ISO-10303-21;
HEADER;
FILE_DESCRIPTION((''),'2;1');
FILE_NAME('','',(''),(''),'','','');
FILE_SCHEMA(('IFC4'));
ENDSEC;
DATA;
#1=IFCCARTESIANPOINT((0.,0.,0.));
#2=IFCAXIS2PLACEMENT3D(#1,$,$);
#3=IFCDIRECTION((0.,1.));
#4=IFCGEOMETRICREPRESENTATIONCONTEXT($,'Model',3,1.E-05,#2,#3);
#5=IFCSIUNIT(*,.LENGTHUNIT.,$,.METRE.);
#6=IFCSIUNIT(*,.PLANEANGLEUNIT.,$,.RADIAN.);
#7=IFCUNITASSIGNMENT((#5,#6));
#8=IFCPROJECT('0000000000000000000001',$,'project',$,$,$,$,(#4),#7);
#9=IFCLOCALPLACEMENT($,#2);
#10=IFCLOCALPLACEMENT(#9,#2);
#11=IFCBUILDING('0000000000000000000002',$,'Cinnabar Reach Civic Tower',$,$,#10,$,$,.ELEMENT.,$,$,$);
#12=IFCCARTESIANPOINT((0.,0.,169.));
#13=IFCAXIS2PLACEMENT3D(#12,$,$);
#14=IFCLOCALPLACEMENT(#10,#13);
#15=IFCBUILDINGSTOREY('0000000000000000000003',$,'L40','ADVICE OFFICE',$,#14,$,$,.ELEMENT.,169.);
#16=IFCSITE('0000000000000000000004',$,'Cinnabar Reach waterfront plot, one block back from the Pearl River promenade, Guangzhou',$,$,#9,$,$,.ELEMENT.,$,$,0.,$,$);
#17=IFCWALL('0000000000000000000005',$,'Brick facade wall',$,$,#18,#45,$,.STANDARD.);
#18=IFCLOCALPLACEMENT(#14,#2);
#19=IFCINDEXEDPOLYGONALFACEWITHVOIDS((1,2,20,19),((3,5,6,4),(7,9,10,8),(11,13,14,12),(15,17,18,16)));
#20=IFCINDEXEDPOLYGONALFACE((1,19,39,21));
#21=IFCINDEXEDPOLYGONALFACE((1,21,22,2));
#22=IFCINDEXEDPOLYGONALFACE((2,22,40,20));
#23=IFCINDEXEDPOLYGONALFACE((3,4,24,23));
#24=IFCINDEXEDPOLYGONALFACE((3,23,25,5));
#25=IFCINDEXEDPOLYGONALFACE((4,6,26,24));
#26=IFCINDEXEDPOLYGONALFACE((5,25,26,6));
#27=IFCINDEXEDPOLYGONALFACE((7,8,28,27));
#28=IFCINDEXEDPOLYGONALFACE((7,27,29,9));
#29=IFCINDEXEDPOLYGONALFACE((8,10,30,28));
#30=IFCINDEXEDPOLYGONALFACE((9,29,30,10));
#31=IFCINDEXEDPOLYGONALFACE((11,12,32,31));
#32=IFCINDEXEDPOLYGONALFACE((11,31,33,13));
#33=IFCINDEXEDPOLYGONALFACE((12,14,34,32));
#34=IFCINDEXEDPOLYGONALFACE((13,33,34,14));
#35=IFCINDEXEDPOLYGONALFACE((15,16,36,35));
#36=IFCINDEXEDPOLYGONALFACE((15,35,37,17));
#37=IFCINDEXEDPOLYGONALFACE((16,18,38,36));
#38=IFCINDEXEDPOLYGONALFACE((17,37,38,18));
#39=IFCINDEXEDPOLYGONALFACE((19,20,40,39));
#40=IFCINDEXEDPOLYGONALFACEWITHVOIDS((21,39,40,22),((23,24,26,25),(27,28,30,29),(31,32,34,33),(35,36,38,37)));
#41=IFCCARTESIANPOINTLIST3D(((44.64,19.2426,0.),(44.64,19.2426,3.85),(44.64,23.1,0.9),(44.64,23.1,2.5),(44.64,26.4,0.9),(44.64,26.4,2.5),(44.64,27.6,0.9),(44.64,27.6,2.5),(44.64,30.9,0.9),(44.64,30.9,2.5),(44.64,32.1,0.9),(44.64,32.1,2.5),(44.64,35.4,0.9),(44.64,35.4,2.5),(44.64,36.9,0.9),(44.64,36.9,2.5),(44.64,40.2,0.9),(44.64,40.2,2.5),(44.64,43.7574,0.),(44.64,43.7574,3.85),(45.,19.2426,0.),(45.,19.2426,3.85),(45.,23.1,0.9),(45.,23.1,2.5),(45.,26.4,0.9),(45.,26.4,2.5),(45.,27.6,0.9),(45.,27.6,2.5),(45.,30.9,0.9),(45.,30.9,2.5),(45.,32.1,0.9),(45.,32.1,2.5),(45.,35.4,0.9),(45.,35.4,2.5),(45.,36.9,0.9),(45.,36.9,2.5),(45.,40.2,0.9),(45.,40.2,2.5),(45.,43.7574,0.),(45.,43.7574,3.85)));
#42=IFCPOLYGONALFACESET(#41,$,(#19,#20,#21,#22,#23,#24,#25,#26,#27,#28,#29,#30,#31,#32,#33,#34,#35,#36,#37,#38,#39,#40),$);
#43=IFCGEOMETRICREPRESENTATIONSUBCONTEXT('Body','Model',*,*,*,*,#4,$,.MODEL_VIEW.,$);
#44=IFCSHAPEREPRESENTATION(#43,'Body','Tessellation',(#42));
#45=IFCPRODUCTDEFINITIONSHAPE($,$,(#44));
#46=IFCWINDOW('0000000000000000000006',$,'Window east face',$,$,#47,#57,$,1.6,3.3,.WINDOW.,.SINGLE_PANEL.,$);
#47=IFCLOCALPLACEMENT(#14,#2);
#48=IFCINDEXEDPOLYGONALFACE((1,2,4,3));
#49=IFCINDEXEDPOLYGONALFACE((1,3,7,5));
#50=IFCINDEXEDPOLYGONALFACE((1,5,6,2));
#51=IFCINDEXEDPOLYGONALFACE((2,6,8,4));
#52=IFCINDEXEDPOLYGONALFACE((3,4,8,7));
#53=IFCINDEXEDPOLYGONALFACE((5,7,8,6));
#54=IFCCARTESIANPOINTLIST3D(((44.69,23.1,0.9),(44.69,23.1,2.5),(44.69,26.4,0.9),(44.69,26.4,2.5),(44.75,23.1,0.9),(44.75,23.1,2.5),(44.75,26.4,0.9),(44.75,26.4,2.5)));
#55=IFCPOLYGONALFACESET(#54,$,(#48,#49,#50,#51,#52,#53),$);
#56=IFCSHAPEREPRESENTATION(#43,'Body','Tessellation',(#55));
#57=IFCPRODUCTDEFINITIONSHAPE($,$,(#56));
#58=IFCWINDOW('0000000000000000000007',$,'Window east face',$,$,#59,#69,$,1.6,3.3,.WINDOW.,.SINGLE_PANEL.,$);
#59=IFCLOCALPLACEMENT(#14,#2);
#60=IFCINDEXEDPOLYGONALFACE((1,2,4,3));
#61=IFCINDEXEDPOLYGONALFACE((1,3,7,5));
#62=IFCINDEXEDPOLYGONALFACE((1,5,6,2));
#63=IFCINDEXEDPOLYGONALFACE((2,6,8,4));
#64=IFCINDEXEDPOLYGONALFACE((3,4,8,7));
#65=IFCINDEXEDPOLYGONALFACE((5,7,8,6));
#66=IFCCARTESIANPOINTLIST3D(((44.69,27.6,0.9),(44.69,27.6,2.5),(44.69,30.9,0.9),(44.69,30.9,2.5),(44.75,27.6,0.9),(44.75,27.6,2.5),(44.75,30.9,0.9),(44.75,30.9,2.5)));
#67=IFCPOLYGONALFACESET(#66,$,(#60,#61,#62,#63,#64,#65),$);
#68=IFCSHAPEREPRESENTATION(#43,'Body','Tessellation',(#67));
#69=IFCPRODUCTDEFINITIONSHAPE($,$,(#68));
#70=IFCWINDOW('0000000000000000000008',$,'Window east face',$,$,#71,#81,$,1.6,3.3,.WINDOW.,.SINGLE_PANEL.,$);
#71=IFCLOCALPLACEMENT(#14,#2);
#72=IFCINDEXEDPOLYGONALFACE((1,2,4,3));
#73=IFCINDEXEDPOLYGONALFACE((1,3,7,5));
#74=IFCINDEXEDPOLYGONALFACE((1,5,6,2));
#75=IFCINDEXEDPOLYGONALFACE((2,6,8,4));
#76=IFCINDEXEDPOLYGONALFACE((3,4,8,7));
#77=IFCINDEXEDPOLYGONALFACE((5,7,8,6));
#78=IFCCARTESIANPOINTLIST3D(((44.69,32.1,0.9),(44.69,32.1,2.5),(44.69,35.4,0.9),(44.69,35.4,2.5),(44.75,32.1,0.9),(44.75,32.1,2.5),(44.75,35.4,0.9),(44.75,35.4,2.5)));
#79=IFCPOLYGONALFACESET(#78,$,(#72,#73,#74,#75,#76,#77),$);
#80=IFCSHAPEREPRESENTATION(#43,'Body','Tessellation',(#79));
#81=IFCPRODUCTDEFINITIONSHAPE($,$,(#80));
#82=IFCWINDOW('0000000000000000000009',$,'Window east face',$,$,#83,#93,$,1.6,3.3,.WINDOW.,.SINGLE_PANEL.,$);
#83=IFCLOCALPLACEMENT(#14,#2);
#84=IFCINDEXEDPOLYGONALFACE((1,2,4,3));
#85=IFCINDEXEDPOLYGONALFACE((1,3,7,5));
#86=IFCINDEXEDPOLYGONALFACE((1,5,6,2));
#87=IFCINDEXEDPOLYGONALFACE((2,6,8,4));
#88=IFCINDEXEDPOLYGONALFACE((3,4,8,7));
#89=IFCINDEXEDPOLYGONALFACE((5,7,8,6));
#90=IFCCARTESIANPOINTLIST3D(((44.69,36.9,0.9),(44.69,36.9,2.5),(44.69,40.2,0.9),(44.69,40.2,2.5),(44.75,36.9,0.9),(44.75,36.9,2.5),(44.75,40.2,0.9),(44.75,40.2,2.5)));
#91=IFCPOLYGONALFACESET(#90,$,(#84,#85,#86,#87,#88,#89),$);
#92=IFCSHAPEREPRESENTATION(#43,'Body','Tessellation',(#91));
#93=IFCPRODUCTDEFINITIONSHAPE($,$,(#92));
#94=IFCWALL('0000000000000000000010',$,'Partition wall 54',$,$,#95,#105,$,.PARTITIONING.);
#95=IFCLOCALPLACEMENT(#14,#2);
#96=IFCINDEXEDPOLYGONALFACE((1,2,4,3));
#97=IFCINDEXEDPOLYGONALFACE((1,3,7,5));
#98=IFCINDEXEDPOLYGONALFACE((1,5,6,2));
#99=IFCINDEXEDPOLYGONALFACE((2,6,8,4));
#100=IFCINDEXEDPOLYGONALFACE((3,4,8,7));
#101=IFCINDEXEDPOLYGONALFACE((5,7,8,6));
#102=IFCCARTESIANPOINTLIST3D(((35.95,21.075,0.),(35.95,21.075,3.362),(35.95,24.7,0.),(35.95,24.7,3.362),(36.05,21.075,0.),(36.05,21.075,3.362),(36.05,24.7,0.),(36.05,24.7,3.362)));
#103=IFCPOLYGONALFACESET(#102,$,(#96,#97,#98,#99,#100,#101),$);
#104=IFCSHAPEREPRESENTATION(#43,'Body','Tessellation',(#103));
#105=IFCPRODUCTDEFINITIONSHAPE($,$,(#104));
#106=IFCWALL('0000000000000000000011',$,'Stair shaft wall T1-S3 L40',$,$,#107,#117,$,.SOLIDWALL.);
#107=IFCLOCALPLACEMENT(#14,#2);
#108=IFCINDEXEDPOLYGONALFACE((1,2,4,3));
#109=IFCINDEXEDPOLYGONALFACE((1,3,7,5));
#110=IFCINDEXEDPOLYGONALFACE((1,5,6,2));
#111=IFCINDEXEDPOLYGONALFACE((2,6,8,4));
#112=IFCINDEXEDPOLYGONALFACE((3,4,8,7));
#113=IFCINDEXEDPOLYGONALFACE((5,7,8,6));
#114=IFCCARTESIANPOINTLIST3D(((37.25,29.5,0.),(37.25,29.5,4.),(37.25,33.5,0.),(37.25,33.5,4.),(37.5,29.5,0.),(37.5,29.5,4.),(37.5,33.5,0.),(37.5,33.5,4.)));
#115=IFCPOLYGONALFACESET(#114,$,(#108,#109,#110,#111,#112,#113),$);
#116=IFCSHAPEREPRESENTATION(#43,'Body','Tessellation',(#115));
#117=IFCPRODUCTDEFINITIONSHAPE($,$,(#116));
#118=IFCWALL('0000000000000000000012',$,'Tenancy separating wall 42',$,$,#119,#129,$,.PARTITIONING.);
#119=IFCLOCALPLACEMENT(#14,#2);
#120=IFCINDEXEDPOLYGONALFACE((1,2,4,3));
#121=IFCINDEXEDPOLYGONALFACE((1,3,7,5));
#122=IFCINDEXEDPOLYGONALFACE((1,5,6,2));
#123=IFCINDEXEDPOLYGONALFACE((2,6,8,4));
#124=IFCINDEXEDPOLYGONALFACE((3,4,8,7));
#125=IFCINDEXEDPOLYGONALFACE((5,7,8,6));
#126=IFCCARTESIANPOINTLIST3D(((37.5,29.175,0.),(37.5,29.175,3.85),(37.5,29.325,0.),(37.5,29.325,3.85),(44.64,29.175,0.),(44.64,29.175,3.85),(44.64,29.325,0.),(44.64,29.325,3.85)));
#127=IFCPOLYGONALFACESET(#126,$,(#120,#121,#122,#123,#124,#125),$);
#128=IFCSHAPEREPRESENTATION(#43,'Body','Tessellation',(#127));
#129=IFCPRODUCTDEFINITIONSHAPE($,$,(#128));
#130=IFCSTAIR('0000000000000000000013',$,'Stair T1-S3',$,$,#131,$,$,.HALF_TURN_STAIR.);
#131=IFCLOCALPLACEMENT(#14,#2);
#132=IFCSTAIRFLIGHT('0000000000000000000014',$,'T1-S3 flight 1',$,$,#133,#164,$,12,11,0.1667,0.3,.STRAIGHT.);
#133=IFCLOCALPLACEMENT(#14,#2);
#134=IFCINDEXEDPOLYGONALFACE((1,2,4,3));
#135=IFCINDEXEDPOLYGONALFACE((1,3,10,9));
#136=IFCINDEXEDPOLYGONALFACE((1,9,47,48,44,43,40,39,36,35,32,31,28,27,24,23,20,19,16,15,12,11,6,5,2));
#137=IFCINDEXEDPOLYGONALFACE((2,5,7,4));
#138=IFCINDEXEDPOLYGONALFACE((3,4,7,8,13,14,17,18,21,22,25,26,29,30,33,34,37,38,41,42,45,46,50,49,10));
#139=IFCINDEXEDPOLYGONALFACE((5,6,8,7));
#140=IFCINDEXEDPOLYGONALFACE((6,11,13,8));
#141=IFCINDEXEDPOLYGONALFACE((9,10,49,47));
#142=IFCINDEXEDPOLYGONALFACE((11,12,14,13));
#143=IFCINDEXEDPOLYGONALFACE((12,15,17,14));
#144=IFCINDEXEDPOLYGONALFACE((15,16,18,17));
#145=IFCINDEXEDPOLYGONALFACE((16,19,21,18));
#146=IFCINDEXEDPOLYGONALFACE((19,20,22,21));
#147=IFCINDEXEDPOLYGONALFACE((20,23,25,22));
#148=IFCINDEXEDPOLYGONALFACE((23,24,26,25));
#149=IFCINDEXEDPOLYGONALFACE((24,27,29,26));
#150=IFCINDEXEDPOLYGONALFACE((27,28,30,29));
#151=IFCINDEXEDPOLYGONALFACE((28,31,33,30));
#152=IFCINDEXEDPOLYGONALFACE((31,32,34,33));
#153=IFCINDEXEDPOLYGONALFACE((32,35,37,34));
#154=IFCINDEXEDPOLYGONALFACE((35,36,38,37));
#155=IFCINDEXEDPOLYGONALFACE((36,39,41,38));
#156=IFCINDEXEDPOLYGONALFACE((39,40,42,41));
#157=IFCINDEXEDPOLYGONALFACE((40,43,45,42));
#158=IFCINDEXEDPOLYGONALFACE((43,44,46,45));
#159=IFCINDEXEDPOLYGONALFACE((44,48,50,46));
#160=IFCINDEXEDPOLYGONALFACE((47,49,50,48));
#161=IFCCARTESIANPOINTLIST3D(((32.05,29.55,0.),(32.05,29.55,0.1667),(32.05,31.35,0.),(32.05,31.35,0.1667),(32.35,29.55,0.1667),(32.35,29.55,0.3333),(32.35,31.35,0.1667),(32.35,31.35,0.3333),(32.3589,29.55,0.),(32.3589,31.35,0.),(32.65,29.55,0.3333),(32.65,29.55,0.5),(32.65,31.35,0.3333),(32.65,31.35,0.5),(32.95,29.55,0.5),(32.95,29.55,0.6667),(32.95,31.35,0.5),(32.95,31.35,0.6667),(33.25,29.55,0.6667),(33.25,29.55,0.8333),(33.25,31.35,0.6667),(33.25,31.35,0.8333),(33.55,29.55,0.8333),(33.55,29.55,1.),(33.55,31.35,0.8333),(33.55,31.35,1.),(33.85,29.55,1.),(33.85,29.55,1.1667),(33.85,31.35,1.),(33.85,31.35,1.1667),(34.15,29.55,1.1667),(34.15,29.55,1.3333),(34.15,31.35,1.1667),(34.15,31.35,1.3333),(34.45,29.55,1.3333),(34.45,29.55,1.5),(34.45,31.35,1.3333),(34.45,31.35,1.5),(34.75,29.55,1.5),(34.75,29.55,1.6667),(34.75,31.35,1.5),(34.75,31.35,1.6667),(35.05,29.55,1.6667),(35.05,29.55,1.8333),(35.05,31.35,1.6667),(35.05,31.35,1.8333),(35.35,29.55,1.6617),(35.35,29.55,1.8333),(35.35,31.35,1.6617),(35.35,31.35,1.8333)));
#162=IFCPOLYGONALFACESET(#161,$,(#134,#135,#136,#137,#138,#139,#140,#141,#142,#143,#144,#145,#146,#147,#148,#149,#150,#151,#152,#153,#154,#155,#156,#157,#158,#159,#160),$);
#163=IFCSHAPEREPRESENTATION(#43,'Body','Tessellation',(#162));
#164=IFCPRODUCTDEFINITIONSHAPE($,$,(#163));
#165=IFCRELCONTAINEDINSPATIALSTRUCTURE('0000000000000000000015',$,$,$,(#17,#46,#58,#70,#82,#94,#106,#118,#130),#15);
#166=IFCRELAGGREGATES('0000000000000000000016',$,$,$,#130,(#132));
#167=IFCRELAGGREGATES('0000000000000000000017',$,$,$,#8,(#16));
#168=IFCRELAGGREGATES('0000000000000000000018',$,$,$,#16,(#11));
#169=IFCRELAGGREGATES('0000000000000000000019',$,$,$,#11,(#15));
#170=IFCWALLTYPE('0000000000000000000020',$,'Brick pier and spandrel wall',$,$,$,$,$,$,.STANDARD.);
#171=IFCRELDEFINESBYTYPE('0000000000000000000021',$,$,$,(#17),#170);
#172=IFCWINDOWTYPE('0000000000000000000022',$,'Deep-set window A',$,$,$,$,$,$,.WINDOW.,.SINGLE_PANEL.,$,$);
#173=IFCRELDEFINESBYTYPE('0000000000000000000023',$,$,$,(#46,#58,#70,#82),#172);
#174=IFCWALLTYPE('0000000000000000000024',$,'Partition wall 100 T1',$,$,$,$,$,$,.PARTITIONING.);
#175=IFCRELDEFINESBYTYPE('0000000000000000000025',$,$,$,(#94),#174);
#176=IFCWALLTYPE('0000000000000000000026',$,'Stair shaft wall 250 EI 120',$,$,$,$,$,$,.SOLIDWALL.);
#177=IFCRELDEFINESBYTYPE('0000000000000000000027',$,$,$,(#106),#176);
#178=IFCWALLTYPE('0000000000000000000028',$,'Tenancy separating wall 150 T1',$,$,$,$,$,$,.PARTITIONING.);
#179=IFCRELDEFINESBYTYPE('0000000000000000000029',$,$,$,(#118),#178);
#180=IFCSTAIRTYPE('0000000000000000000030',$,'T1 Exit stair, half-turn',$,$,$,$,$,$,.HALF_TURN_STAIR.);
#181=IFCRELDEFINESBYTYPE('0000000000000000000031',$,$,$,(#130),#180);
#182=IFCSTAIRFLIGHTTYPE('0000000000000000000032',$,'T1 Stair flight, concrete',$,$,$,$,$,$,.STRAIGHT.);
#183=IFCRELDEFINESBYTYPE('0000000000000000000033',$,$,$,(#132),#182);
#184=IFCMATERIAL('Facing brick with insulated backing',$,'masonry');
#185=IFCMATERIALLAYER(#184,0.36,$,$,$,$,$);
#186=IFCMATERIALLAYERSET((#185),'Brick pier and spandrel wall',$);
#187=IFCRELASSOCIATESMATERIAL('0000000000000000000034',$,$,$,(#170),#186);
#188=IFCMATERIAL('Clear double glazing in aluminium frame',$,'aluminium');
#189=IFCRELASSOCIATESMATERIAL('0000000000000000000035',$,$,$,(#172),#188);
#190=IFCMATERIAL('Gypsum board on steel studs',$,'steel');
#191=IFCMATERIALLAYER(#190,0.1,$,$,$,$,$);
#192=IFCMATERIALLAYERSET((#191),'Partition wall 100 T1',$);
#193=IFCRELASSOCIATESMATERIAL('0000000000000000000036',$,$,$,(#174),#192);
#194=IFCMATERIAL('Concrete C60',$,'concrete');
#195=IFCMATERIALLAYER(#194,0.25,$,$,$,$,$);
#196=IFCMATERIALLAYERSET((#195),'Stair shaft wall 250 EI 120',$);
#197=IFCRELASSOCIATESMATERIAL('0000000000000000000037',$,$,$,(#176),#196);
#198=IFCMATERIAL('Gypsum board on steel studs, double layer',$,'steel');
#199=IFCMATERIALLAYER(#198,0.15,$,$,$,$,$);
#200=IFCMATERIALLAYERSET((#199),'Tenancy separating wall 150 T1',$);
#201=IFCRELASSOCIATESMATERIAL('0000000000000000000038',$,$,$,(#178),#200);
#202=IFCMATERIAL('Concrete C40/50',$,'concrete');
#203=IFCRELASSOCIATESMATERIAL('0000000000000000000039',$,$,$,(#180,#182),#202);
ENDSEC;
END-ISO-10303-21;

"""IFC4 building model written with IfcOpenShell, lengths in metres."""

from ifc_helpers import new_model, si_unit, direction, frame, frame_2d, origin, place, context, subcontext, project, spatial, polyline, rectangle, outline, extrude, material, layer, layer_set, type_object, element, fill, aggregate, save


model = new_model("IFC4")

# Units and contexts
model_context = context("Model", 3, precision=1e-05, world=origin(), true_north=direction((0.0, 1.0)))
body_context = subcontext(model_context, "Body", "Model", "MODEL_VIEW")
ifc_project = project(units=[si_unit("LENGTHUNIT", "METRE"), si_unit("PLANEANGLEUNIT", "RADIAN")], contexts=[model_context])

# Site, building, storey
site_placement = place(None, origin())
site = spatial("IfcSite", under=ifc_project, at=site_placement, Name="Cinnabar Reach waterfront plot, one block back from the Pearl River promenade, Guangzhou", CompositionType="ELEMENT", RefElevation=0.0)
building_placement = place(site_placement, origin())
building = spatial("IfcBuilding", under=site, at=building_placement, Name="Cinnabar Reach Civic Tower", CompositionType="ELEMENT")
storey_placement = place(building_placement, frame((0.0, 0.0, 169.0)))
storey = spatial("IfcBuildingStorey", under=building, at=storey_placement, Name="L40", Description="ADVICE OFFICE", CompositionType="ELEMENT", Elevation=169.0)

# Shared definitions
ifc_material_1 = material(Name="Facing brick with insulated backing", Category="masonry")

# Wall, openings, windows
ifc_layer_1 = layer(ifc_material_1, 0.36)
ifc_layer_set_1 = layer_set([ifc_layer_1], Name="Brick pier and spandrel wall")
wall_type_1 = type_object("IfcWallType", Name="Brick pier and spandrel wall", PredefinedType="STANDARD", material=ifc_layer_set_1)
wall_1_placement = place(storey_placement, frame((44.82, 19.2426, 0.0), z_axis=(0.0, 0.0, 1.0), x_axis=(0.0, 1.0, 0.0)))
wall_1 = element("IfcWall", 1, at=wall_1_placement, inside=storey, type_object=wall_type_1, Name="Brick facade wall", PredefinedType="STANDARD", context=body_context, shape_type="SweptSolid", body=[
    extrude(rectangle(XDim=24.5148, YDim=0.36, at=frame_2d((12.2574, 0.0))), origin(), (0.0, 0.0, 1.0), 3.85),
])
opening_1_placement = place(wall_1_placement, frame((3.8574, 0.0, 0.9)))
opening_1 = element("IfcOpeningElement", 2, at=opening_1_placement, cuts=wall_1, PredefinedType="OPENING", context=body_context, shape_type="SweptSolid", body=[
    extrude(rectangle(XDim=3.3, YDim=1.6, at=frame_2d((1.65, 0.8))), frame((0.0, 0.19, 0.0), z_axis=(0.0, -1.0, 0.0), x_axis=(1.0, 0.0, 0.0)), (0.0, 0.0, 1.0), 0.38),
])
opening_2_placement = place(wall_1_placement, frame((8.3574, 0.0, 0.9)))
opening_2 = element("IfcOpeningElement", 3, at=opening_2_placement, cuts=wall_1, PredefinedType="OPENING", context=body_context, shape_type="SweptSolid", body=[
    extrude(rectangle(XDim=3.3, YDim=1.6, at=frame_2d((1.65, 0.8))), frame((0.0, 0.19, 0.0), z_axis=(0.0, -1.0, 0.0), x_axis=(1.0, 0.0, 0.0)), (0.0, 0.0, 1.0), 0.38),
])
opening_3_placement = place(wall_1_placement, frame((12.8574, 0.0, 0.9)))
opening_3 = element("IfcOpeningElement", 4, at=opening_3_placement, cuts=wall_1, PredefinedType="OPENING", context=body_context, shape_type="SweptSolid", body=[
    extrude(rectangle(XDim=3.3, YDim=1.6, at=frame_2d((1.65, 0.8))), frame((0.0, 0.19, 0.0), z_axis=(0.0, -1.0, 0.0), x_axis=(1.0, 0.0, 0.0)), (0.0, 0.0, 1.0), 0.38),
])
opening_4_placement = place(wall_1_placement, frame((17.6574, 0.0, 0.9)))
opening_4 = element("IfcOpeningElement", 5, at=opening_4_placement, cuts=wall_1, PredefinedType="OPENING", context=body_context, shape_type="SweptSolid", body=[
    extrude(rectangle(XDim=3.3, YDim=1.6, at=frame_2d((1.65, 0.8))), frame((0.0, 0.19, 0.0), z_axis=(0.0, -1.0, 0.0), x_axis=(1.0, 0.0, 0.0)), (0.0, 0.0, 1.0), 0.38),
])
ifc_material_2 = material(Name="Clear double glazing in aluminium frame", Category="aluminium")
window_type = type_object("IfcWindowType", Name="Deep-set window A", PartitioningType="SINGLE_PANEL", PredefinedType="WINDOW", material=ifc_material_2)
window_1_placement = place(opening_1_placement, origin())
window_1 = element("IfcWindow", 6, at=window_1_placement, inside=storey, type_object=window_type, Name="Window east face", OverallHeight=1.6, OverallWidth=3.3, PartitioningType="SINGLE_PANEL", PredefinedType="WINDOW", context=body_context, shape_type="SweptSolid", body=[
    extrude(rectangle(XDim=3.3, YDim=1.6, at=frame_2d((1.65, 0.8))), frame((0.0, 0.13, 0.0), z_axis=(0.0, -1.0, 0.0), x_axis=(1.0, 0.0, 0.0)), (0.0, 0.0, 1.0), 0.06),
])
fill(opening_1, window_1)
window_2_placement = place(opening_2_placement, origin())
window_2 = element("IfcWindow", 7, at=window_2_placement, inside=storey, type_object=window_type, Name="Window east face", OverallHeight=1.6, OverallWidth=3.3, PartitioningType="SINGLE_PANEL", PredefinedType="WINDOW", context=body_context, shape_type="SweptSolid", body=[
    extrude(rectangle(XDim=3.3, YDim=1.6, at=frame_2d((1.65, 0.8))), frame((0.0, 0.13, 0.0), z_axis=(0.0, -1.0, 0.0), x_axis=(1.0, 0.0, 0.0)), (0.0, 0.0, 1.0), 0.06),
])
fill(opening_2, window_2)
window_3_placement = place(opening_3_placement, origin())
window_3 = element("IfcWindow", 8, at=window_3_placement, inside=storey, type_object=window_type, Name="Window east face", OverallHeight=1.6, OverallWidth=3.3, PartitioningType="SINGLE_PANEL", PredefinedType="WINDOW", context=body_context, shape_type="SweptSolid", body=[
    extrude(rectangle(XDim=3.3, YDim=1.6, at=frame_2d((1.65, 0.8))), frame((0.0, 0.13, 0.0), z_axis=(0.0, -1.0, 0.0), x_axis=(1.0, 0.0, 0.0)), (0.0, 0.0, 1.0), 0.06),
])
fill(opening_3, window_3)
window_4_placement = place(opening_4_placement, origin())
window_4 = element("IfcWindow", 9, at=window_4_placement, inside=storey, type_object=window_type, Name="Window east face", OverallHeight=1.6, OverallWidth=3.3, PartitioningType="SINGLE_PANEL", PredefinedType="WINDOW", context=body_context, shape_type="SweptSolid", body=[
    extrude(rectangle(XDim=3.3, YDim=1.6, at=frame_2d((1.65, 0.8))), frame((0.0, 0.13, 0.0), z_axis=(0.0, -1.0, 0.0), x_axis=(1.0, 0.0, 0.0)), (0.0, 0.0, 1.0), 0.06),
])
fill(opening_4, window_4)

# Walls
ifc_material_3 = material(Name="Gypsum board on steel studs", Category="steel")
ifc_layer_2 = layer(ifc_material_3, 0.1)
ifc_layer_set_2 = layer_set([ifc_layer_2], Name="Partition wall 100 T1")
wall_type_2 = type_object("IfcWallType", Name="Partition wall 100 T1", PredefinedType="PARTITIONING", material=ifc_layer_set_2)
wall_2_placement = place(storey_placement, frame((36.0, 21.075, 0.0), z_axis=(0.0, 0.0, 1.0), x_axis=(0.0, 1.0, 0.0)))
element("IfcWall", 10, at=wall_2_placement, inside=storey, type_object=wall_type_2, Name="Partition wall 54", PredefinedType="PARTITIONING", context=body_context, shape_type="SweptSolid", body=[
    extrude(rectangle(XDim=3.625, YDim=0.1, at=frame_2d((1.8125, 0.0))), origin(), (0.0, 0.0, 1.0), 3.362),
])
ifc_material_4 = material(Name="Concrete C60", Category="concrete")
ifc_layer_3 = layer(ifc_material_4, 0.25)
ifc_layer_set_3 = layer_set([ifc_layer_3], Name="Stair shaft wall 250 EI 120")
wall_type_3 = type_object("IfcWallType", Name="Stair shaft wall 250 EI 120", PredefinedType="SOLIDWALL", material=ifc_layer_set_3)
wall_3_placement = place(storey_placement, frame((37.375, 29.5, 0.0), z_axis=(0.0, 0.0, 1.0), x_axis=(0.0, 1.0, 0.0)))
element("IfcWall", 11, at=wall_3_placement, inside=storey, type_object=wall_type_3, Name="Stair shaft wall T1-S3 L40", PredefinedType="SOLIDWALL", context=body_context, shape_type="SweptSolid", body=[
    extrude(rectangle(XDim=4.0, YDim=0.25, at=frame_2d((2.0, 0.0))), origin(), (0.0, 0.0, 1.0), 4.0),
])
ifc_material_5 = material(Name="Gypsum board on steel studs, double layer", Category="steel")
ifc_layer_4 = layer(ifc_material_5, 0.15)
ifc_layer_set_4 = layer_set([ifc_layer_4], Name="Tenancy separating wall 150 T1")
wall_type_4 = type_object("IfcWallType", Name="Tenancy separating wall 150 T1", PredefinedType="PARTITIONING", material=ifc_layer_set_4)
wall_4_placement = place(storey_placement, frame((37.5, 29.25, 0.0), z_axis=(0.0, 0.0, 1.0), x_axis=(1.0, 0.0, 0.0)))
element("IfcWall", 12, at=wall_4_placement, inside=storey, type_object=wall_type_4, Name="Tenancy separating wall 42", PredefinedType="PARTITIONING", context=body_context, shape_type="SweptSolid", body=[
    extrude(rectangle(XDim=7.14, YDim=0.15, at=frame_2d((3.57, 0.0))), origin(), (0.0, 0.0, 1.0), 3.85),
])

# Stair, stair flight
ifc_material_6 = material(Name="Concrete C40/50", Category="concrete")
stair_type = type_object("IfcStairType", Name="T1 Exit stair, half-turn", PredefinedType="HALF_TURN_STAIR", material=ifc_material_6)
stair_placement = place(storey_placement, origin())
stair = element("IfcStair", 13, at=stair_placement, inside=storey, type_object=stair_type, Name="Stair T1-S3", PredefinedType="HALF_TURN_STAIR")
stair_flight_type = type_object("IfcStairFlightType", Name="T1 Stair flight, concrete", PredefinedType="STRAIGHT", material=ifc_material_6)
stair_flight_placement = place(storey_placement, frame((32.05, 30.45, 0.0), z_axis=(0.0, 0.0, 1.0), x_axis=(1.0, 0.0, 0.0)))
stair_flight = element("IfcStairFlight", 14, at=stair_flight_placement, type_object=stair_flight_type, Name="T1-S3 flight 1", NumberOfRisers=12, NumberOfTreads=11, PredefinedType="STRAIGHT", RiserHeight=0.1667, TreadLength=0.3, context=body_context, shape_type="SweptSolid", body=[
    extrude(outline(polyline([(0.0, 0.0), (0.0, 0.1667), (0.3, 0.1667), (0.3, 0.3333), (0.6, 0.3333), (0.6, 0.5), (0.9, 0.5), (0.9, 0.6667), (1.2, 0.6667), (1.2, 0.8333), (1.5, 0.8333), (1.5, 1.0), (1.8, 1.0), (1.8, 1.1667), (2.1, 1.1667), (2.1, 1.3333), (2.4, 1.3333), (2.4, 1.5), (2.7, 1.5), (2.7, 1.6667), (3.0, 1.6667), (3.0, 1.8333), (3.3, 1.8333), (3.3, 2.0), (3.3, 1.6617), (0.3089, 0.0), (0.0, 0.0)])), frame((0.0, 0.9, 0.0), z_axis=(0.0, -1.0, 0.0), x_axis=(1.0, 0.0, 0.0)), (0.0, 0.0, 1.0), 1.8),
])
aggregate(stair, [stair_flight])

save(model, "model.ifc")
